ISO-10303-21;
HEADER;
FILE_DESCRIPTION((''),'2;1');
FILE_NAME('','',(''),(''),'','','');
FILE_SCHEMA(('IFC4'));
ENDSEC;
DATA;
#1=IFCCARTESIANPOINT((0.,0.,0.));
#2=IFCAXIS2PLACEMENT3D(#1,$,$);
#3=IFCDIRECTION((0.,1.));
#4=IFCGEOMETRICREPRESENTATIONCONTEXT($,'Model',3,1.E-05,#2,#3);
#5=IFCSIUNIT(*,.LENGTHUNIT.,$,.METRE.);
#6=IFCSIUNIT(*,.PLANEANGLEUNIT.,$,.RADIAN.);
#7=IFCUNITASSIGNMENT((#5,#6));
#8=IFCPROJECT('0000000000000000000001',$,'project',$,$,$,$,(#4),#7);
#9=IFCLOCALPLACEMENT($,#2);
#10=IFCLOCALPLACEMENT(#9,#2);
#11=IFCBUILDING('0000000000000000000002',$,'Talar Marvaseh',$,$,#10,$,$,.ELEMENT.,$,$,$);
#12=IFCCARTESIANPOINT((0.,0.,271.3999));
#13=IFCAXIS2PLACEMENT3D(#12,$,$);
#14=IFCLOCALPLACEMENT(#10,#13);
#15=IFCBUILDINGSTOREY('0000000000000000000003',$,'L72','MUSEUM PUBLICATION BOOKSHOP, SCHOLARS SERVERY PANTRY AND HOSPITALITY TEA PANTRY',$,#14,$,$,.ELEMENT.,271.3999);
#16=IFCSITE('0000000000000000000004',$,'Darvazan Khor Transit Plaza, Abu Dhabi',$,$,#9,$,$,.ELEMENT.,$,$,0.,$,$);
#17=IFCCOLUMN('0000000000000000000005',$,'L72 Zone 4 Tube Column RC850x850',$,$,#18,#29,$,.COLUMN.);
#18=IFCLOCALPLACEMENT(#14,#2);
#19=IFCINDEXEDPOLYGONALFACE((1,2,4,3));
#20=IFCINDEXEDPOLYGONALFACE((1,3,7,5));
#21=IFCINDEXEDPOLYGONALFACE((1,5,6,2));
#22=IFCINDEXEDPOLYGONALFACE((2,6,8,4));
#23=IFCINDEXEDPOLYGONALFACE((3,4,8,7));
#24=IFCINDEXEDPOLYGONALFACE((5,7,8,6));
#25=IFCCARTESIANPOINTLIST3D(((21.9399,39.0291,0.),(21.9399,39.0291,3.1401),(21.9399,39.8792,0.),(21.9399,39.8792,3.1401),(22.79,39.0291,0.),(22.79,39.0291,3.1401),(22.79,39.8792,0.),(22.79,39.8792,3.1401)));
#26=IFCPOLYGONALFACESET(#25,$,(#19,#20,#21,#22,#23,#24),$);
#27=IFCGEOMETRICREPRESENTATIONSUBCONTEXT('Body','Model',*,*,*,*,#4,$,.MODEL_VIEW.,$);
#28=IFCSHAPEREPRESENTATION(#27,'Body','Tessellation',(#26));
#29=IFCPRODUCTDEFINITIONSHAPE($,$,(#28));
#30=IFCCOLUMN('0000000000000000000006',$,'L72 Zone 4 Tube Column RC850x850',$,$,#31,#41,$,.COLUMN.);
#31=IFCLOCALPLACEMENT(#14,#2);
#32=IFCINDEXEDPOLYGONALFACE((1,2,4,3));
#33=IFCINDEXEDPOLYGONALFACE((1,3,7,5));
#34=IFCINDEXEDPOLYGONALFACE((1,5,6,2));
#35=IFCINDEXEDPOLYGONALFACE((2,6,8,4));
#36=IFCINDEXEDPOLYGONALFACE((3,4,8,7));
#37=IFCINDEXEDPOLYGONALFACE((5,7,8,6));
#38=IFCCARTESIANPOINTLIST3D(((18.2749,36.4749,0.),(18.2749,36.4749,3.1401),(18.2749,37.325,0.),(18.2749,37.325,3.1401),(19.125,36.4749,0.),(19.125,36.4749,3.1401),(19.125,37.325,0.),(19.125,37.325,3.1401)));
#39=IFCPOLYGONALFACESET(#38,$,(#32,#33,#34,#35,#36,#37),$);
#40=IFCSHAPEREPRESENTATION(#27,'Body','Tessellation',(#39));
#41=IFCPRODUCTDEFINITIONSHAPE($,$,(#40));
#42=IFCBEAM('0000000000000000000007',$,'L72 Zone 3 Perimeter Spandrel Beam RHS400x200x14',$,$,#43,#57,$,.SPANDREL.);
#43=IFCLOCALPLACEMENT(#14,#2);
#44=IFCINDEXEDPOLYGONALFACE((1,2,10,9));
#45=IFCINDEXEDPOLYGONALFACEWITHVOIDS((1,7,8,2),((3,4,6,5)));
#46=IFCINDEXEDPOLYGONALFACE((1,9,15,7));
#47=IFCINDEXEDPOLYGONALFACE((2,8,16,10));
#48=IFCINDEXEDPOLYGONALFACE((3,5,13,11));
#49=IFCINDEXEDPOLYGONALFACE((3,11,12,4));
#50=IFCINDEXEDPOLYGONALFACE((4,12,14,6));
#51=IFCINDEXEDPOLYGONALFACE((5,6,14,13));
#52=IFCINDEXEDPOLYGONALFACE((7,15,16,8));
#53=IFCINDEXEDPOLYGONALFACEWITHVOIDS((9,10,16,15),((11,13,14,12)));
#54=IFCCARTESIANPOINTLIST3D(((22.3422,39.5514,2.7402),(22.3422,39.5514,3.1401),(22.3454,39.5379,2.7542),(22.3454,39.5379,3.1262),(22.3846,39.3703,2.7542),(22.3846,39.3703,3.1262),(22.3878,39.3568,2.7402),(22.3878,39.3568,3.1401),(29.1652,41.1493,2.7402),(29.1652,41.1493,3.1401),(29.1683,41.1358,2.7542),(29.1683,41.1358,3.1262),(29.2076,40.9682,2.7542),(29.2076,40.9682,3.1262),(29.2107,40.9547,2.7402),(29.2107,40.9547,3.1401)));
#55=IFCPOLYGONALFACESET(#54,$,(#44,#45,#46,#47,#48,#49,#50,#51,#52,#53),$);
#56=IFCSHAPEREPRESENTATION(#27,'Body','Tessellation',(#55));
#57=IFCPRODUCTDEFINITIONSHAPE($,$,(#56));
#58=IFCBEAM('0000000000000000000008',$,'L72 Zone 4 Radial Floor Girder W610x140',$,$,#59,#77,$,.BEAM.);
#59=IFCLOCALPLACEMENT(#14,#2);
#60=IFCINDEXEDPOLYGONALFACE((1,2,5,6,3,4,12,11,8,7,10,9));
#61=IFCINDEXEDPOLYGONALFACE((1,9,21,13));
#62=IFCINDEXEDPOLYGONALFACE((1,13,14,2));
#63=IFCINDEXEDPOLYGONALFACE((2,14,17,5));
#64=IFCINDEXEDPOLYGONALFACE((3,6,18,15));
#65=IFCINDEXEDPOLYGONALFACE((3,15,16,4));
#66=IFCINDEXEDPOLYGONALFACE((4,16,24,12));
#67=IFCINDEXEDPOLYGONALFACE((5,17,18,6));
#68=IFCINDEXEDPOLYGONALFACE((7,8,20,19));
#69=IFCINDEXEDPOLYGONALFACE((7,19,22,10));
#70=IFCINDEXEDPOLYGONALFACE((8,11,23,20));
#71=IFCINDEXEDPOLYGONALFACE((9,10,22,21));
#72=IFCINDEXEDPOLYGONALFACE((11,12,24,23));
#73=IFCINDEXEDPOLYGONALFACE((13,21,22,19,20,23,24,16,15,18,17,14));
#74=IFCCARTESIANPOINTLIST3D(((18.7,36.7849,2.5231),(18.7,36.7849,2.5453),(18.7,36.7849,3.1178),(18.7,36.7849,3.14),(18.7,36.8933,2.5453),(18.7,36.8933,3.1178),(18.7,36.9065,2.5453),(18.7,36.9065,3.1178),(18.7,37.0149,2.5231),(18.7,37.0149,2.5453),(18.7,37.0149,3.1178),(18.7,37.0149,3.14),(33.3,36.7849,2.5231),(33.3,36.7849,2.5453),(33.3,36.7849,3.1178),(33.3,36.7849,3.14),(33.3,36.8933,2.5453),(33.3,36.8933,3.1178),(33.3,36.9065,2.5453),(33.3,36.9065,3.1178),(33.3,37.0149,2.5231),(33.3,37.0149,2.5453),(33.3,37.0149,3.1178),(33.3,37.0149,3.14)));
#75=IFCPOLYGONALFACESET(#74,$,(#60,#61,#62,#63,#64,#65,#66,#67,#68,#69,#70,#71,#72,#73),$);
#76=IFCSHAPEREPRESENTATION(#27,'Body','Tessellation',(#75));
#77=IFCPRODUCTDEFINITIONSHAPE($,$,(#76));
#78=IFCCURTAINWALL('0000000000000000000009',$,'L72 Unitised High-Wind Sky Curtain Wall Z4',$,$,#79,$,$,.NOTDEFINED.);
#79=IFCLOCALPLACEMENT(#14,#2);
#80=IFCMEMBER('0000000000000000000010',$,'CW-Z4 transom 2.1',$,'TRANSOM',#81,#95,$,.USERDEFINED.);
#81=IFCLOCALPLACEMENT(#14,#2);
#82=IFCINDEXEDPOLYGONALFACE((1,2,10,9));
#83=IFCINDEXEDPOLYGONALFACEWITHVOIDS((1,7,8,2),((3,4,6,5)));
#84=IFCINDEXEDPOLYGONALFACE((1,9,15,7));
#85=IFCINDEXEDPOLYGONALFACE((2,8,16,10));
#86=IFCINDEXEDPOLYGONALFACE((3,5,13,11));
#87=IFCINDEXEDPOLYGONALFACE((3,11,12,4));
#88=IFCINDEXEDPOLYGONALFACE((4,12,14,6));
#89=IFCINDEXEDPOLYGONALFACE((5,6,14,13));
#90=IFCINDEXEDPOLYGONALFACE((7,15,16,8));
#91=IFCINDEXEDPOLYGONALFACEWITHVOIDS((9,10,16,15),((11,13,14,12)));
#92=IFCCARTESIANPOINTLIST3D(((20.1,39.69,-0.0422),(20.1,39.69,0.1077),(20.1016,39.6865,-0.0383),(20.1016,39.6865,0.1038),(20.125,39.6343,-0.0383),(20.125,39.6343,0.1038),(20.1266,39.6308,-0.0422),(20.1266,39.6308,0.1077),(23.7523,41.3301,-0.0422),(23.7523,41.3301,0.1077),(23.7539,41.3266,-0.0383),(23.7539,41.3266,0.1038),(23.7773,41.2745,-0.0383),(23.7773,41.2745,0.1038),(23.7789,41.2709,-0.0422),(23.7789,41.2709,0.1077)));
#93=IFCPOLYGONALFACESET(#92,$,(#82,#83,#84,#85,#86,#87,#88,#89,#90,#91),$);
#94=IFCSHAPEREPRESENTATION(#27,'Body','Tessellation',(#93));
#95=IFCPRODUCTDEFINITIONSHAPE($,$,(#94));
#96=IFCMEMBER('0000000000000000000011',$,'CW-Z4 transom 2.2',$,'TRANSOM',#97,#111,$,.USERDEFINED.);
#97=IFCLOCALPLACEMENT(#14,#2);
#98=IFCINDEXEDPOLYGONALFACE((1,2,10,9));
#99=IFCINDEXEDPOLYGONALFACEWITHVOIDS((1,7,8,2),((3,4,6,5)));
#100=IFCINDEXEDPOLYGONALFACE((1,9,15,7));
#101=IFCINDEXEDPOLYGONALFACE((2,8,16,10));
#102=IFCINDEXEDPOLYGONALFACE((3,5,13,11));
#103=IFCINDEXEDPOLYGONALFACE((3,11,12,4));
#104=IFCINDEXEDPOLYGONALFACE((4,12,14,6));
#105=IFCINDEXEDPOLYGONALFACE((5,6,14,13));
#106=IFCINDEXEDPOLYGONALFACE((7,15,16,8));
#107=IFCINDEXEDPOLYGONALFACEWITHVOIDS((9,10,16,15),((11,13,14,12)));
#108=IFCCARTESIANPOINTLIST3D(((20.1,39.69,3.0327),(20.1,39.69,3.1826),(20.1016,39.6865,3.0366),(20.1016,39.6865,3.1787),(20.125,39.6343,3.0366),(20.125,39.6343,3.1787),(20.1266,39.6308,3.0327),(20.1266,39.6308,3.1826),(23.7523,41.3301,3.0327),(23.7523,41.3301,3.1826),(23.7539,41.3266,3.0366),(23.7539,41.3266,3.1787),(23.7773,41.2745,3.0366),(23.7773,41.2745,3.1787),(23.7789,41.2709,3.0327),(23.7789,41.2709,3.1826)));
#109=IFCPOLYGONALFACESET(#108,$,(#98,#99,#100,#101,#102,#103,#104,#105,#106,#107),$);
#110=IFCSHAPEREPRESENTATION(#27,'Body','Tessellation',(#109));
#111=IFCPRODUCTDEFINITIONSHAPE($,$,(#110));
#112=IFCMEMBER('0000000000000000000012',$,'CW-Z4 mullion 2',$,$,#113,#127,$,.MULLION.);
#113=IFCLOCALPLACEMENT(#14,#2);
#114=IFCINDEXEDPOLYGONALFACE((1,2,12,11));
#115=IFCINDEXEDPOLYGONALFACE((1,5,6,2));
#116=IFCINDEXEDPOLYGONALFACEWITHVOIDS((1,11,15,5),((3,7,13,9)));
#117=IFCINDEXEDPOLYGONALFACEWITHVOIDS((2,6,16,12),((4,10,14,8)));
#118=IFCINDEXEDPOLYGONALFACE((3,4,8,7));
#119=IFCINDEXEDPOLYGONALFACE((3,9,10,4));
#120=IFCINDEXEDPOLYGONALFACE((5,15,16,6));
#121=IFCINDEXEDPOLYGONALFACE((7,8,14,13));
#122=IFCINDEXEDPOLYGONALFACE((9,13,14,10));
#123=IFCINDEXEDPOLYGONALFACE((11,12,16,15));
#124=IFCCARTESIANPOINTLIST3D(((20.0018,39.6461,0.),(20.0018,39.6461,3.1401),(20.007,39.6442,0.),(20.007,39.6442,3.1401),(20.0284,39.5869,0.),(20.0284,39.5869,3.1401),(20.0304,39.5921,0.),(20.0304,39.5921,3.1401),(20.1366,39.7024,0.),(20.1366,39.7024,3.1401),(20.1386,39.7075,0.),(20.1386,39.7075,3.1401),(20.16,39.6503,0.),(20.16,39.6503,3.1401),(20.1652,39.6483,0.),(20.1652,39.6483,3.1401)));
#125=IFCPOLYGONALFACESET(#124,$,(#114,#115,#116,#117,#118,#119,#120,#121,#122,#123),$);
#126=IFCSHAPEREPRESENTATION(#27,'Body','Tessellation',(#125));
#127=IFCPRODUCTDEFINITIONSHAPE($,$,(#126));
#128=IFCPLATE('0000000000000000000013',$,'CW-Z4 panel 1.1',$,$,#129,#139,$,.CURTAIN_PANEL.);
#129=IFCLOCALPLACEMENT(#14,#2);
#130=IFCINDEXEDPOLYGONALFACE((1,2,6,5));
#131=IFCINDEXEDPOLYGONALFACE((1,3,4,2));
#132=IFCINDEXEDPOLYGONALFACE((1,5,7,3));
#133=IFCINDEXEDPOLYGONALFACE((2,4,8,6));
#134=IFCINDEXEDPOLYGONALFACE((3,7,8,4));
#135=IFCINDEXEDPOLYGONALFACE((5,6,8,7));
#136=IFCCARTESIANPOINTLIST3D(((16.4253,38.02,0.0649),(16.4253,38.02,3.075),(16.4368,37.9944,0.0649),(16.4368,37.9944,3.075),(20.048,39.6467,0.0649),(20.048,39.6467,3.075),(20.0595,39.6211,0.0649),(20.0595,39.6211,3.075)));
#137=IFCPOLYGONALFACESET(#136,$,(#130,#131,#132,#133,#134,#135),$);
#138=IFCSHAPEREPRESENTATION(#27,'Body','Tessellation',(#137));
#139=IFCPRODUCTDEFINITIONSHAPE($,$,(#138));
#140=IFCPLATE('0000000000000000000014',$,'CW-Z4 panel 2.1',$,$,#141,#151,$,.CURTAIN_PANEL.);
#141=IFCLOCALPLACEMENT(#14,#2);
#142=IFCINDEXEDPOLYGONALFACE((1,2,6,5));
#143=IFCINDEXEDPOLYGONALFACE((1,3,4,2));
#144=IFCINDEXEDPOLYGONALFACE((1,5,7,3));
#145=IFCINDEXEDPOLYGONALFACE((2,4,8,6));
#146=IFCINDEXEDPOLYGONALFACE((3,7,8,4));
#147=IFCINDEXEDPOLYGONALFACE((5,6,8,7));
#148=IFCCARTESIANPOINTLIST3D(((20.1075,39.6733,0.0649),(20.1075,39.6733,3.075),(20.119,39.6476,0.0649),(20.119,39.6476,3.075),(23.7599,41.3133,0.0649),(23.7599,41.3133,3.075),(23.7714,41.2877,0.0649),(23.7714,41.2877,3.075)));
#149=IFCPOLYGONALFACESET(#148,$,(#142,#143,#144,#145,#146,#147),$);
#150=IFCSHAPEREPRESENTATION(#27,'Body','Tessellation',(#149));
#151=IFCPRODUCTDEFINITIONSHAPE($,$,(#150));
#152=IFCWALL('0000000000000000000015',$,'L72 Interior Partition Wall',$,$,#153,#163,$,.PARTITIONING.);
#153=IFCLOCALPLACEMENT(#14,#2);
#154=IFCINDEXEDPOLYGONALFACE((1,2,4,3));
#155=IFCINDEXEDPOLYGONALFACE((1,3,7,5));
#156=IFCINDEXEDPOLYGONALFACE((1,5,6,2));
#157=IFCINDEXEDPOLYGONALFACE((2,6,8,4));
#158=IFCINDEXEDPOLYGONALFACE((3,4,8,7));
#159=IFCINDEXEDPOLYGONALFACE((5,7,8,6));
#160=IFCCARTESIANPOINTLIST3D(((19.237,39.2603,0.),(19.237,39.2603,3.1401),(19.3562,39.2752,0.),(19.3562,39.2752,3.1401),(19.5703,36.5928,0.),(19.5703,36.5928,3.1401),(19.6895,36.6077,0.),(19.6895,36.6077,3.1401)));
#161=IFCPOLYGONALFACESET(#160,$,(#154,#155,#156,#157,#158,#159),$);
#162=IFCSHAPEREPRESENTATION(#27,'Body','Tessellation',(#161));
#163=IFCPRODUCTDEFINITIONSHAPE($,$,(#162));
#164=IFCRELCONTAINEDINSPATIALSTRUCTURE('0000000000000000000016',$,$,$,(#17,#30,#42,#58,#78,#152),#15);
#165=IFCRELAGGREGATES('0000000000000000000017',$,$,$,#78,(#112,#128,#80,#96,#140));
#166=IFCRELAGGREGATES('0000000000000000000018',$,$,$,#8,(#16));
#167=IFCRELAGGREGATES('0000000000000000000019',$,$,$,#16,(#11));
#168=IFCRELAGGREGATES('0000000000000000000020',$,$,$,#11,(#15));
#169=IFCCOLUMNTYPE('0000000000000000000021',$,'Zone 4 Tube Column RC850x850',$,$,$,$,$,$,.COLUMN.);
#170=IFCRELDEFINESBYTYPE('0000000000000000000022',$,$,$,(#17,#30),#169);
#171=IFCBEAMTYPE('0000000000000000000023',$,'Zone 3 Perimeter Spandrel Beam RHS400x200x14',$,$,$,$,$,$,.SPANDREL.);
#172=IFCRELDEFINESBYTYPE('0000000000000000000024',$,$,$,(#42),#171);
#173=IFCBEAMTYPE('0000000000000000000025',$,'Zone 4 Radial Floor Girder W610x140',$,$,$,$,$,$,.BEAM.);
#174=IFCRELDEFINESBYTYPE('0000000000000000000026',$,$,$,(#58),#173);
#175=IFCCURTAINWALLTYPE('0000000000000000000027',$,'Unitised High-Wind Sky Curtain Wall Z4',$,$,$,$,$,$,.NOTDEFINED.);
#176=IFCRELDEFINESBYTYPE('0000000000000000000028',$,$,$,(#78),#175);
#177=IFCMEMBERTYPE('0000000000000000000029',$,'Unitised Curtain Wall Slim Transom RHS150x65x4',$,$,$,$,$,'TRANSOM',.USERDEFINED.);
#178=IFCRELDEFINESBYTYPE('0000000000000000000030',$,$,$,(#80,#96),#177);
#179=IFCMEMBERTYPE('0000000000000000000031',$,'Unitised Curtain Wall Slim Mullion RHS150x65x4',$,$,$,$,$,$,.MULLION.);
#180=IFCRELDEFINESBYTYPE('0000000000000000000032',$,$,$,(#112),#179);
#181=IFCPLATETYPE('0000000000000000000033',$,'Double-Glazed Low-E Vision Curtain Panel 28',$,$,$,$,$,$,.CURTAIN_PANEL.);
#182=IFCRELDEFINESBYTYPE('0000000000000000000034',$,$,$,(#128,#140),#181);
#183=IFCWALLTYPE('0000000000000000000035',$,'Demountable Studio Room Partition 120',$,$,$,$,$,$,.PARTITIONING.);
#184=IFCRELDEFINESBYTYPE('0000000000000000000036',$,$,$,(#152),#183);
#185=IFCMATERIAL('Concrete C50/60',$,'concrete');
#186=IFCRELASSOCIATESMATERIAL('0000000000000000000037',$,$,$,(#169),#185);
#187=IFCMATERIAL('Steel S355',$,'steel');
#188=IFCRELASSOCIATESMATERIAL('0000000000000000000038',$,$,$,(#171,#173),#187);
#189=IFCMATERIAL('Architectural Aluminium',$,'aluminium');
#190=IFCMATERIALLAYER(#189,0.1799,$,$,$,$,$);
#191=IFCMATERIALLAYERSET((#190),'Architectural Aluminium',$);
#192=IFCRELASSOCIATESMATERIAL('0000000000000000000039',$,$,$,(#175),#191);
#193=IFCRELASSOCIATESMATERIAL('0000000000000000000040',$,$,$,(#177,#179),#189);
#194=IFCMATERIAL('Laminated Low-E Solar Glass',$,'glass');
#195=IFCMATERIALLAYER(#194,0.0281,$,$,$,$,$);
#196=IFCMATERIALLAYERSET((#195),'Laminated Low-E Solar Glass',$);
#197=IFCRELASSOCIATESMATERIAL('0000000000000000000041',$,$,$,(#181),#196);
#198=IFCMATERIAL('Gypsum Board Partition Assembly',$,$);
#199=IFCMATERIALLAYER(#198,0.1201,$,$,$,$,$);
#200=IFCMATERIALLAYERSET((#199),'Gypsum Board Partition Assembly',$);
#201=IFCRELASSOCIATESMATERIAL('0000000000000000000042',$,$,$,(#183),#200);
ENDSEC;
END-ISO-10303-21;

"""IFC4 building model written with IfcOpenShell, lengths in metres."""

from ifc_helpers import new_model, si_unit, direction, frame, frame_2d, origin, origin_2d, place, context, subcontext, project, spatial, rectangle, hollow_rectangle, i_section, extrude, source, transform, mapped, material, layer, layer_set, material_profile, profile_set, type_object, type_shapes, element, aggregate, save


model = new_model("IFC4")

# Units and contexts
model_context = context("Model", 3, precision=1e-05, world=origin(), true_north=direction((0.0, 1.0)))
body_context = subcontext(model_context, "Body", "Model", "MODEL_VIEW")
ifc_project = project(units=[si_unit("LENGTHUNIT", "METRE"), si_unit("PLANEANGLEUNIT", "RADIAN")], contexts=[model_context])

# Site, building, storey
site_placement = place(None, origin())
site = spatial("IfcSite", under=ifc_project, at=site_placement, Name="Darvazan Khor Transit Plaza, Abu Dhabi", CompositionType="ELEMENT", RefElevation=0.0)
building_placement = place(site_placement, origin())
building = spatial("IfcBuilding", under=site, at=building_placement, Name="Talar Marvaseh", CompositionType="ELEMENT")
storey_placement = place(building_placement, frame((0.0, 0.0, 271.3999)))
storey = spatial("IfcBuildingStorey", under=building, at=storey_placement, Name="L72", Description="MUSEUM PUBLICATION BOOKSHOP, SCHOLARS SERVERY PANTRY AND HOSPITALITY TEA PANTRY", CompositionType="ELEMENT", Elevation=271.3999)

# Columns
ifc_material_1 = material(Name="Concrete C50/60", Category="concrete")
ifc_material_profile_1 = material_profile(ifc_material_1, rectangle(XDim=0.8501, YDim=0.8501, at=origin_2d()), Name="RC850x850")
ifc_profile_set_1 = profile_set([ifc_material_profile_1], Name="Concrete C50/60")
column_type = type_object("IfcColumnType", Name="Zone 4 Tube Column RC850x850", PredefinedType="COLUMN", material=ifc_profile_set_1)
for number, where, z_axis, x_axis, name in (
    (1, (22.365, 39.4541, 0.0), (0.0, 0.0, 1.0), (1.0, 0.0, 0.0), "L72 Zone 4 Tube Column RC850x850"),
    (2, (18.7, 36.8999, 0.0), (0.0, 0.0, 1.0), (1.0, 0.0, 0.0), "L72 Zone 4 Tube Column RC850x850"),
):
    element("IfcColumn", number, at=place(storey_placement, frame(where, z_axis=z_axis, x_axis=x_axis)), inside=storey, type_object=column_type, Name=name, PredefinedType="COLUMN", context=body_context, shape_type="SweptSolid", body=[
        extrude(rectangle(XDim=0.8501, YDim=0.8501, at=origin_2d()), origin(), (0.0, 0.0, 1.0), 3.1401),
    ])

# Beams
ifc_material_2 = material(Name="Steel S355", Category="steel")
ifc_material_profile_2 = material_profile(ifc_material_2, hollow_rectangle(XDim=0.2, YDim=0.3999, WallThickness=0.0139, at=origin_2d()), Name="RHS400x200x14")
ifc_profile_set_2 = profile_set([ifc_material_profile_2], Name="Steel S355")
beam_type_1 = type_object("IfcBeamType", Name="Zone 3 Perimeter Spandrel Beam RHS400x200x14", PredefinedType="SPANDREL", material=ifc_profile_set_2)
beam_1_placement = place(storey_placement, frame((22.365, 39.4541, 2.9402), z_axis=(0.973656, 0.228024, 0.0), x_axis=(-0.228024, 0.973656, 0.0)))
element("IfcBeam", 3, at=beam_1_placement, inside=storey, type_object=beam_type_1, Name="L72 Zone 3 Perimeter Spandrel Beam RHS400x200x14", PredefinedType="SPANDREL", context=body_context, shape_type="SweptSolid", body=[
    extrude(hollow_rectangle(XDim=0.2, YDim=0.3999, WallThickness=0.0139, at=origin_2d()), origin(), (0.0, 0.0, 1.0), 7.0076),
])
ifc_material_profile_3 = material_profile(ifc_material_2, i_section(OverallWidth=0.23, OverallDepth=0.6169, WebThickness=0.0132, FlangeThickness=0.0222, at=origin_2d()), Name="W610x140")
ifc_profile_set_3 = profile_set([ifc_material_profile_3], Name="Steel S355")
beam_type_2 = type_object("IfcBeamType", Name="Zone 4 Radial Floor Girder W610x140", PredefinedType="BEAM", material=ifc_profile_set_3)
beam_2_placement = place(storey_placement, frame((18.7, 36.8999, 2.8315), z_axis=(1.0, 0.0, 0.0), x_axis=(0.0, 1.0, 0.0)))
element("IfcBeam", 4, at=beam_2_placement, inside=storey, type_object=beam_type_2, Name="L72 Zone 4 Radial Floor Girder W610x140", PredefinedType="BEAM", context=body_context, shape_type="SweptSolid", body=[
    extrude(i_section(OverallWidth=0.23, OverallDepth=0.6169, WebThickness=0.0132, FlangeThickness=0.0222, at=origin_2d()), origin(), (0.0, 0.0, 1.0), 14.6001),
])

# Curtain wall, members, plates
ifc_material_3 = material(Name="Architectural Aluminium", Category="aluminium")
ifc_layer_1 = layer(ifc_material_3, 0.1799)
ifc_layer_set_1 = layer_set([ifc_layer_1], Name="Architectural Aluminium")
curtain_wall_type = type_object("IfcCurtainWallType", Name="Unitised High-Wind Sky Curtain Wall Z4", PredefinedType="NOTDEFINED", material=ifc_layer_set_1)
curtain_wall_placement = place(storey_placement, origin())
curtain_wall = element("IfcCurtainWall", 5, at=curtain_wall_placement, inside=storey, type_object=curtain_wall_type, Name="L72 Unitised High-Wind Sky Curtain Wall Z4", PredefinedType="NOTDEFINED")
ifc_material_profile_4 = material_profile(ifc_material_3, hollow_rectangle(XDim=0.0649, YDim=0.1499, WallThickness=0.0039, at=origin_2d()), Name="RHS150x65x4")
ifc_profile_set_4 = profile_set([ifc_material_profile_4], Name="Architectural Aluminium")
member_type_1 = type_object("IfcMemberType", Name="Unitised Curtain Wall Slim Transom RHS150x65x4", ElementType="TRANSOM", PredefinedType="USERDEFINED", material=ifc_profile_set_4)
shared_shape_1 = source(origin(), body_context, "Body", "SweptSolid", [
    extrude(hollow_rectangle(XDim=0.0649, YDim=0.1499, WallThickness=0.0039, at=origin_2d()), origin(), (0.0, 0.0, 1.0), 4.0037),
])
type_shapes(member_type_1, [shared_shape_1])
member_1_placement = place(storey_placement, frame((20.1133, 39.6604, 0.0327), z_axis=(0.912241, 0.409655, 0.0), x_axis=(-0.409655, 0.912241, 0.0)))
member_1 = element("IfcMember", 6, at=member_1_placement, type_object=member_type_1, Name="CW-Z4 transom 2.1", ObjectType="TRANSOM", PredefinedType="USERDEFINED", context=body_context, shape_type="MappedRepresentation", body=[
    mapped(shared_shape_1, transform((0.0, 0.0, 0.0), x_axis=(1.0, 0.0, 0.0), y_axis=(0.0, 1.0, 0.0), z_axis=(0.0, 0.0, 1.0), scale=1.0)),
])
member_2_placement = place(storey_placement, frame((20.1133, 39.6604, 3.1077), z_axis=(0.912241, 0.409655, 0.0), x_axis=(-0.409655, 0.912241, 0.0)))
member_2 = element("IfcMember", 7, at=member_2_placement, type_object=member_type_1, Name="CW-Z4 transom 2.2", ObjectType="TRANSOM", PredefinedType="USERDEFINED", context=body_context, shape_type="MappedRepresentation", body=[
    mapped(shared_shape_1, transform((0.0, 0.0, 0.0), x_axis=(1.0, 0.0, 0.0), y_axis=(0.0, 1.0, 0.0), z_axis=(0.0, 0.0, 1.0), scale=1.0)),
])
ifc_material_profile_5 = material_profile(ifc_material_3, hollow_rectangle(XDim=0.0649, YDim=0.1499, WallThickness=0.0039, at=origin_2d()), Name="RHS150x65x4")
ifc_profile_set_5 = profile_set([ifc_material_profile_5], Name="Architectural Aluminium")
member_type_2 = type_object("IfcMemberType", Name="Unitised Curtain Wall Slim Mullion RHS150x65x4", PredefinedType="MULLION", material=ifc_profile_set_5)
shared_shape_2 = source(origin(), body_context, "Body", "SweptSolid", [
    extrude(hollow_rectangle(XDim=0.0649, YDim=0.1499, WallThickness=0.0039, at=origin_2d()), origin(), (0.0, 0.0, 1.0), 3.1401),
])
type_shapes(member_type_2, [shared_shape_2])
member_3_placement = place(storey_placement, frame((20.0835, 39.6472, 0.0), z_axis=(0.0, 0.0, 1.0), x_axis=(-0.409635, 0.912249, 0.0)))
member_3 = element("IfcMember", 8, at=member_3_placement, type_object=member_type_2, Name="CW-Z4 mullion 2", PredefinedType="MULLION", context=body_context, shape_type="MappedRepresentation", body=[
    mapped(shared_shape_2, transform((0.0, 0.0, 0.0), x_axis=(1.0, 0.0, 0.0), y_axis=(0.0, 1.0, 0.0), z_axis=(0.0, 0.0, 1.0), scale=1.0)),
])
ifc_material_4 = material(Name="Laminated Low-E Solar Glass", Category="glass")
ifc_layer_2 = layer(ifc_material_4, 0.0281)
ifc_layer_set_2 = layer_set([ifc_layer_2], Name="Laminated Low-E Solar Glass")
plate_type = type_object("IfcPlateType", Name="Double-Glazed Low-E Vision Curtain Panel 28", PredefinedType="CURTAIN_PANEL", material=ifc_layer_set_2)
shared_shape_3 = source(origin(), body_context, "Body", "SweptSolid", [
    extrude(rectangle(XDim=3.9712, YDim=0.0281, at=origin_2d()), origin(), (0.0, 0.0, 1.0), 3.01),
])
plate_1_placement = place(storey_placement, frame((18.2424, 38.8206, 0.0649), z_axis=(0.0, 0.0, 1.0), x_axis=(0.912249, 0.409635, 0.0)))
plate_1 = element("IfcPlate", 9, at=plate_1_placement, type_object=plate_type, Name="CW-Z4 panel 1.1", PredefinedType="CURTAIN_PANEL", context=body_context, shape_type="MappedRepresentation", body=[
    mapped(shared_shape_3, transform((0.0, 0.0, 0.0), x_axis=(1.0, 0.0, 0.0), y_axis=(0.0, 1.0, 0.0), z_axis=(0.0, 0.0, 1.0), scale=1.0)),
])
shared_shape_4 = source(origin(), body_context, "Body", "SweptSolid", [
    extrude(rectangle(XDim=4.0037, YDim=0.0281, at=origin_2d()), origin(), (0.0, 0.0, 1.0), 3.01),
])
type_shapes(plate_type, [shared_shape_3, shared_shape_4])
plate_2_placement = place(storey_placement, frame((21.9395, 40.4805, 0.0649), z_axis=(0.0, 0.0, 1.0), x_axis=(0.912249, 0.409635, 0.0)))
plate_2 = element("IfcPlate", 10, at=plate_2_placement, type_object=plate_type, Name="CW-Z4 panel 2.1", PredefinedType="CURTAIN_PANEL", context=body_context, shape_type="MappedRepresentation", body=[
    mapped(shared_shape_4, transform((0.0, 0.0, 0.0), x_axis=(1.0, 0.0, 0.0), y_axis=(0.0, 1.0, 0.0), z_axis=(0.0, 0.0, 1.0), scale=1.0)),
])
aggregate(curtain_wall, [member_3, plate_1, member_1, member_2, plate_2])

# Wall
ifc_material_5 = material(Name="Gypsum Board Partition Assembly")
ifc_layer_3 = layer(ifc_material_5, 0.1201)
ifc_layer_set_3 = layer_set([ifc_layer_3], Name="Gypsum Board Partition Assembly")
wall_type_1 = type_object("IfcWallType", Name="Demountable Studio Room Partition 120", PredefinedType="PARTITIONING", material=ifc_layer_set_3)
wall_1_placement = place(storey_placement, frame((19.6299, 36.6001, 0.0), z_axis=(0.0, 0.0, 1.0), x_axis=(-0.123968, 0.992286, 0.0)))
element("IfcWall", 11, at=wall_1_placement, inside=storey, type_object=wall_type_1, Name="L72 Interior Partition Wall", PredefinedType="PARTITIONING", context=body_context, shape_type="SweptSolid", body=[
    extrude(rectangle(XDim=2.6882, YDim=0.1201, at=frame_2d((1.3442, 0.0))), origin(), (0.0, 0.0, 1.0), 3.1401),
])

save(model, "model.ifc")
